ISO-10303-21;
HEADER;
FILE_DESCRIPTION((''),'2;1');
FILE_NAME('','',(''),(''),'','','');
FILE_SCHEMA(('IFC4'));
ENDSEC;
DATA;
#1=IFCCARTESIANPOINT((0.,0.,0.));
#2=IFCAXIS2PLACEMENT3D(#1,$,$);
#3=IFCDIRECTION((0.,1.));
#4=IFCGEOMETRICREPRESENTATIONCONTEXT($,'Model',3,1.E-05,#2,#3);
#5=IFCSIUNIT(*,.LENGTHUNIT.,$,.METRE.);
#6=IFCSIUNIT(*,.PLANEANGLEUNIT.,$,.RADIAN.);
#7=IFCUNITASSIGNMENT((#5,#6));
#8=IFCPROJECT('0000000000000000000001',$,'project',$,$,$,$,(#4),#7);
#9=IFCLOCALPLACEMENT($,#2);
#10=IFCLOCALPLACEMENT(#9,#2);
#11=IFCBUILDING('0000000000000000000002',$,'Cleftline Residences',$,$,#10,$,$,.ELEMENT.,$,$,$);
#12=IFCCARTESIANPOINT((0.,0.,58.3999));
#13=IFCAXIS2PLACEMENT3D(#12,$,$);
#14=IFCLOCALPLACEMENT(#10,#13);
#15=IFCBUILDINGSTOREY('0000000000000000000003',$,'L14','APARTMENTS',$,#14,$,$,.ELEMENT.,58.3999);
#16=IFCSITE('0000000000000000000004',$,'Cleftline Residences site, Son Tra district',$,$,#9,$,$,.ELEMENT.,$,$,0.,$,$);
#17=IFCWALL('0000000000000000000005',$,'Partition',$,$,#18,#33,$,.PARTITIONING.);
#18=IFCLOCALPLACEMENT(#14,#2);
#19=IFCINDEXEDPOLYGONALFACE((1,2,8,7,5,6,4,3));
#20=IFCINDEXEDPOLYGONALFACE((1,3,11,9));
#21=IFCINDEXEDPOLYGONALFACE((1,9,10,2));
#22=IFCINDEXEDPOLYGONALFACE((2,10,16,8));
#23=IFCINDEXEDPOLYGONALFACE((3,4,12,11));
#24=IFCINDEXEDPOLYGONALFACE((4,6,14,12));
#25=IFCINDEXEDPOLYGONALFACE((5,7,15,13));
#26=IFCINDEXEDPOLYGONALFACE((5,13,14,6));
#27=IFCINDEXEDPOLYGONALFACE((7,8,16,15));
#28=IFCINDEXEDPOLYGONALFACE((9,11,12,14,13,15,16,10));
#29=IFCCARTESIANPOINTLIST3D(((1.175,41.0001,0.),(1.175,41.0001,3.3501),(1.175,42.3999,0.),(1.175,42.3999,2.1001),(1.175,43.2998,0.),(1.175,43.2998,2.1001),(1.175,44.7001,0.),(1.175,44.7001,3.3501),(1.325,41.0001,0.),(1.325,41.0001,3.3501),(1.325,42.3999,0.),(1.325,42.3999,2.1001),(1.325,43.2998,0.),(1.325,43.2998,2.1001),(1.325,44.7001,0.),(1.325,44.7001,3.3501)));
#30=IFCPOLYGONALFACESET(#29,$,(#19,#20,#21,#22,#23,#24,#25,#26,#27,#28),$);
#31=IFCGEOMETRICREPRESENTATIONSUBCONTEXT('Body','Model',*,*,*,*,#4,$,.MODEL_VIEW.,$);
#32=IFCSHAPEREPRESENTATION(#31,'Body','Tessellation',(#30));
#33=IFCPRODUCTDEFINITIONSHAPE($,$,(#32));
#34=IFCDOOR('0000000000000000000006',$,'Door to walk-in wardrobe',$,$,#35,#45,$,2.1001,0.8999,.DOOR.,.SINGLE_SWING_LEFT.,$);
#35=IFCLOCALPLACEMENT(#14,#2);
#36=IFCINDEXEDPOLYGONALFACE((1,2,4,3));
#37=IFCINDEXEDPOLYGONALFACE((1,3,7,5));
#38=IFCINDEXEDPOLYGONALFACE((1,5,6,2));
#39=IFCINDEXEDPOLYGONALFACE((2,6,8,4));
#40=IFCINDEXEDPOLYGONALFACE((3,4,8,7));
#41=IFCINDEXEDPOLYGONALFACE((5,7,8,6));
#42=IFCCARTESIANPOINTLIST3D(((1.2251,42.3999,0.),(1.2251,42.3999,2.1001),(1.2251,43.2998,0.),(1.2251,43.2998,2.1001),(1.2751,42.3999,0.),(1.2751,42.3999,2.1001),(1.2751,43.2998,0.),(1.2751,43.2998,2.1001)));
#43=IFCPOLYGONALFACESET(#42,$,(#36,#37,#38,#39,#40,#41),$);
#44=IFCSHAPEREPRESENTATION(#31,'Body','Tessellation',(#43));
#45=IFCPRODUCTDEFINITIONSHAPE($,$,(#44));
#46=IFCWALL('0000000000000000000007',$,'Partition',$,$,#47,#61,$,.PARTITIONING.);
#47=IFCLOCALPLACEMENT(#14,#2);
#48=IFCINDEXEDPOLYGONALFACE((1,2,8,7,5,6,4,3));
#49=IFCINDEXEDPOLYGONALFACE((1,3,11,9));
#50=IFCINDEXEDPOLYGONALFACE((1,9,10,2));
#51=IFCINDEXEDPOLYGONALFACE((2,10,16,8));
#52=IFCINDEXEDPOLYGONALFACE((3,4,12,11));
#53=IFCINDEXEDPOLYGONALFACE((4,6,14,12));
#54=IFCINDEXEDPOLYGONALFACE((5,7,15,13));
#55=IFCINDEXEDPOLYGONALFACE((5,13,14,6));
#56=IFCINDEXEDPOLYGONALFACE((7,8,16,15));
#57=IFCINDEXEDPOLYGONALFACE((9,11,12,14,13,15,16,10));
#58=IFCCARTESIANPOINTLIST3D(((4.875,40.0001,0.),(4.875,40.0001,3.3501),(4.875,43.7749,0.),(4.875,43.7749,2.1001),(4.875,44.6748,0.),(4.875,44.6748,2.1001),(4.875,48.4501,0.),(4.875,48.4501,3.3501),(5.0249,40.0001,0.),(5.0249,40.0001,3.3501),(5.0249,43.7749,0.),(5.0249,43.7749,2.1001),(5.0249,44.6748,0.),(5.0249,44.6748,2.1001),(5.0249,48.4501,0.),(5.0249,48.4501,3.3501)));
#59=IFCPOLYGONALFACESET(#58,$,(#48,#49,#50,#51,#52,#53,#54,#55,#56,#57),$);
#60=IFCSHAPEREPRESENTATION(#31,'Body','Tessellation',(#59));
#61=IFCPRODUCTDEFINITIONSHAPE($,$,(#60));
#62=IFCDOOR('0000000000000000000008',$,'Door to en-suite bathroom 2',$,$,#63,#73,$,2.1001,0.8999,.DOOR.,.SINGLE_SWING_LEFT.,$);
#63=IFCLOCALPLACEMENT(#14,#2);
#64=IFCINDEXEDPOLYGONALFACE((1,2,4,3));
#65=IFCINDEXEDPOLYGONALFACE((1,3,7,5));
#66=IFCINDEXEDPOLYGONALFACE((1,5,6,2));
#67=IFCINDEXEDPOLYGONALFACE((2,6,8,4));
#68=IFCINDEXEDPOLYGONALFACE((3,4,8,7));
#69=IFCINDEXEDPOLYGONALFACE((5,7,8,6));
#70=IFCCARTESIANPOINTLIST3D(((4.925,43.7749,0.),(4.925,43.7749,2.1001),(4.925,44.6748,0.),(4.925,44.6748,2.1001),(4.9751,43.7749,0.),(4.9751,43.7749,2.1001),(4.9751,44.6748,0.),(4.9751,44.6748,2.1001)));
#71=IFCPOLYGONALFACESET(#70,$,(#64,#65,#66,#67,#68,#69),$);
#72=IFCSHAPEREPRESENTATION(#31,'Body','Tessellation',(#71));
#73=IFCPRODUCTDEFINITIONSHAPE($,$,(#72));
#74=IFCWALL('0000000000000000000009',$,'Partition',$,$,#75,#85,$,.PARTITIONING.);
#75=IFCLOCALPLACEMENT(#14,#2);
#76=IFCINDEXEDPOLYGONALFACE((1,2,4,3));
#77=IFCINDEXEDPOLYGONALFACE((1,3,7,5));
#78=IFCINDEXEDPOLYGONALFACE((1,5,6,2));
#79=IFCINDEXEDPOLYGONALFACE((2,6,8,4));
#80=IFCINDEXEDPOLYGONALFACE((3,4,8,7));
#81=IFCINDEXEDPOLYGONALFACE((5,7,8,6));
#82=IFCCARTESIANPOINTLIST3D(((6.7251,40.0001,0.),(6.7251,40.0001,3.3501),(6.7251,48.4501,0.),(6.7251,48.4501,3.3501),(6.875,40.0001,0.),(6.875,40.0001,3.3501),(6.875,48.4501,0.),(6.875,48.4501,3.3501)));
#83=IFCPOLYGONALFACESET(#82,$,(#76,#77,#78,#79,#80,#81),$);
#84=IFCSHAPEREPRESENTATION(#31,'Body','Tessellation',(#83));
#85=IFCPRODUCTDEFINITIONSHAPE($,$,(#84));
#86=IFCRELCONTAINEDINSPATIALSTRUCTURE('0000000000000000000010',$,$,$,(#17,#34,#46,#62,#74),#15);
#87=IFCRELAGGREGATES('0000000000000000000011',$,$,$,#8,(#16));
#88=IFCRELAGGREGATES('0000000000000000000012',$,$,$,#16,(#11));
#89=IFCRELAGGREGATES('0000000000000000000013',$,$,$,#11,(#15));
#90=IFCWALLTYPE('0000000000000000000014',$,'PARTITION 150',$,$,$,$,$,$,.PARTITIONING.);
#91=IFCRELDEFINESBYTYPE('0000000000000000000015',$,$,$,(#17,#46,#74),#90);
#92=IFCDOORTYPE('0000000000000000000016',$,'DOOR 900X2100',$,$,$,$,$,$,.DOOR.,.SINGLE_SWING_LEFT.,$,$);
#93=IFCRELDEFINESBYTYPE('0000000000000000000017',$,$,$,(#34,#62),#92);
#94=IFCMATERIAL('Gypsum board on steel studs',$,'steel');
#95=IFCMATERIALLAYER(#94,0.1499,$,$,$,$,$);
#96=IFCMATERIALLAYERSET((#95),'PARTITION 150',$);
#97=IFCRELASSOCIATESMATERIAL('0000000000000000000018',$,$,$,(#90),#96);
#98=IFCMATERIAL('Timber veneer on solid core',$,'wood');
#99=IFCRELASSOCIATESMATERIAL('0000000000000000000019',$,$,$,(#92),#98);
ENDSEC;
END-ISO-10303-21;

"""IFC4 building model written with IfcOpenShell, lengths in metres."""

from ifc_helpers import new_model, si_unit, direction, frame, frame_2d, origin, place, context, subcontext, project, spatial, rectangle, extrude, material, layer, layer_set, type_object, element, fill, save


model = new_model("IFC4")

# Units and contexts
model_context = context("Model", 3, precision=1e-05, world=origin(), true_north=direction((0.0, 1.0)))
body_context = subcontext(model_context, "Body", "Model", "MODEL_VIEW")
ifc_project = project(units=[si_unit("LENGTHUNIT", "METRE"), si_unit("PLANEANGLEUNIT", "RADIAN")], contexts=[model_context])

# Site, building, storey
site_placement = place(None, origin())
site = spatial("IfcSite", under=ifc_project, at=site_placement, Name="Cleftline Residences site, Son Tra district", CompositionType="ELEMENT", RefElevation=0.0)
building_placement = place(site_placement, origin())
building = spatial("IfcBuilding", under=site, at=building_placement, Name="Cleftline Residences", CompositionType="ELEMENT")
storey_placement = place(building_placement, frame((0.0, 0.0, 58.3999)))
storey = spatial("IfcBuildingStorey", under=building, at=storey_placement, Name="L14", Description="APARTMENTS", CompositionType="ELEMENT", Elevation=58.3999)

# Walls, openings, doors
ifc_material_1 = material(Name="Gypsum board on steel studs", Category="steel")
ifc_layer_1 = layer(ifc_material_1, 0.1499)
ifc_layer_set_1 = layer_set([ifc_layer_1], Name="PARTITION 150")
wall_type_1 = type_object("IfcWallType", Name="PARTITION 150", PredefinedType="PARTITIONING", material=ifc_layer_set_1)
wall_1_placement = place(storey_placement, frame((1.25, 41.0, 0.0), z_axis=(0.0, 0.0, 1.0), x_axis=(0.0, 1.0, 0.0)))
wall_1 = element("IfcWall", 1, at=wall_1_placement, inside=storey, type_object=wall_type_1, Name="Partition", PredefinedType="PARTITIONING", context=body_context, shape_type="SweptSolid", body=[
    extrude(rectangle(XDim=3.7, YDim=0.1499, at=frame_2d((1.8501, 0.0))), origin(), (0.0, 0.0, 1.0), 3.3501),
])
opening_1_placement = place(wall_1_placement, frame((1.3999, 0.0, 0.0)))
opening_1 = element("IfcOpeningElement", 2, at=opening_1_placement, cuts=wall_1, PredefinedType="OPENING", context=body_context, shape_type="SweptSolid", body=[
    extrude(rectangle(XDim=0.8999, YDim=2.1001, at=frame_2d((0.45, 1.05))), frame((0.0, 0.085, 0.0), z_axis=(0.0, -1.0, 0.0), x_axis=(1.0, 0.0, 0.0)), (0.0, 0.0, 1.0), 0.1699),
])
ifc_material_2 = material(Name="Timber veneer on solid core", Category="wood")
door_type = type_object("IfcDoorType", Name="DOOR 900X2100", OperationType="SINGLE_SWING_LEFT", PredefinedType="DOOR", material=ifc_material_2)
door_1_placement = place(opening_1_placement, origin())
door_1 = element("IfcDoor", 3, at=door_1_placement, inside=storey, type_object=door_type, Name="Door to walk-in wardrobe", OperationType="SINGLE_SWING_LEFT", OverallHeight=2.1001, OverallWidth=0.8999, PredefinedType="DOOR", context=body_context, shape_type="SweptSolid", body=[
    extrude(rectangle(XDim=0.8999, YDim=2.1001, at=frame_2d((0.45, 1.05))), frame((0.0, 0.0249, 0.0), z_axis=(0.0, -1.0, 0.0), x_axis=(1.0, 0.0, 0.0)), (0.0, 0.0, 1.0), 0.05),
])
fill(opening_1, door_1)
wall_2_placement = place(storey_placement, frame((4.95, 40.0, 0.0), z_axis=(0.0, 0.0, 1.0), x_axis=(0.0, 1.0, 0.0)))
wall_2 = element("IfcWall", 4, at=wall_2_placement, inside=storey, type_object=wall_type_1, Name="Partition", PredefinedType="PARTITIONING", context=body_context, shape_type="SweptSolid", body=[
    extrude(rectangle(XDim=8.45, YDim=0.1499, at=frame_2d((4.2251, 0.0))), origin(), (0.0, 0.0, 1.0), 3.3501),
])
opening_2_placement = place(wall_2_placement, frame((3.7749, 0.0, 0.0)))
opening_2 = element("IfcOpeningElement", 5, at=opening_2_placement, cuts=wall_2, PredefinedType="OPENING", context=body_context, shape_type="SweptSolid", body=[
    extrude(rectangle(XDim=0.8999, YDim=2.1001, at=frame_2d((0.45, 1.05))), frame((0.0, 0.085, 0.0), z_axis=(0.0, -1.0, 0.0), x_axis=(1.0, 0.0, 0.0)), (0.0, 0.0, 1.0), 0.1699),
])
door_2_placement = place(opening_2_placement, origin())
door_2 = element("IfcDoor", 6, at=door_2_placement, inside=storey, type_object=door_type, Name="Door to en-suite bathroom 2", OperationType="SINGLE_SWING_LEFT", OverallHeight=2.1001, OverallWidth=0.8999, PredefinedType="DOOR", context=body_context, shape_type="SweptSolid", body=[
    extrude(rectangle(XDim=0.8999, YDim=2.1001, at=frame_2d((0.45, 1.05))), frame((0.0, 0.0249, 0.0), z_axis=(0.0, -1.0, 0.0), x_axis=(1.0, 0.0, 0.0)), (0.0, 0.0, 1.0), 0.05),
])
fill(opening_2, door_2)

# Wall
wall_3_placement = place(storey_placement, frame((6.8, 40.0, 0.0), z_axis=(0.0, 0.0, 1.0), x_axis=(0.0, 1.0, 0.0)))
element("IfcWall", 7, at=wall_3_placement, inside=storey, type_object=wall_type_1, Name="Partition", PredefinedType="PARTITIONING", context=body_context, shape_type="SweptSolid", body=[
    extrude(rectangle(XDim=8.45, YDim=0.1499, at=frame_2d((4.2251, 0.0))), origin(), (0.0, 0.0, 1.0), 3.3501),
])

save(model, "model.ifc")
